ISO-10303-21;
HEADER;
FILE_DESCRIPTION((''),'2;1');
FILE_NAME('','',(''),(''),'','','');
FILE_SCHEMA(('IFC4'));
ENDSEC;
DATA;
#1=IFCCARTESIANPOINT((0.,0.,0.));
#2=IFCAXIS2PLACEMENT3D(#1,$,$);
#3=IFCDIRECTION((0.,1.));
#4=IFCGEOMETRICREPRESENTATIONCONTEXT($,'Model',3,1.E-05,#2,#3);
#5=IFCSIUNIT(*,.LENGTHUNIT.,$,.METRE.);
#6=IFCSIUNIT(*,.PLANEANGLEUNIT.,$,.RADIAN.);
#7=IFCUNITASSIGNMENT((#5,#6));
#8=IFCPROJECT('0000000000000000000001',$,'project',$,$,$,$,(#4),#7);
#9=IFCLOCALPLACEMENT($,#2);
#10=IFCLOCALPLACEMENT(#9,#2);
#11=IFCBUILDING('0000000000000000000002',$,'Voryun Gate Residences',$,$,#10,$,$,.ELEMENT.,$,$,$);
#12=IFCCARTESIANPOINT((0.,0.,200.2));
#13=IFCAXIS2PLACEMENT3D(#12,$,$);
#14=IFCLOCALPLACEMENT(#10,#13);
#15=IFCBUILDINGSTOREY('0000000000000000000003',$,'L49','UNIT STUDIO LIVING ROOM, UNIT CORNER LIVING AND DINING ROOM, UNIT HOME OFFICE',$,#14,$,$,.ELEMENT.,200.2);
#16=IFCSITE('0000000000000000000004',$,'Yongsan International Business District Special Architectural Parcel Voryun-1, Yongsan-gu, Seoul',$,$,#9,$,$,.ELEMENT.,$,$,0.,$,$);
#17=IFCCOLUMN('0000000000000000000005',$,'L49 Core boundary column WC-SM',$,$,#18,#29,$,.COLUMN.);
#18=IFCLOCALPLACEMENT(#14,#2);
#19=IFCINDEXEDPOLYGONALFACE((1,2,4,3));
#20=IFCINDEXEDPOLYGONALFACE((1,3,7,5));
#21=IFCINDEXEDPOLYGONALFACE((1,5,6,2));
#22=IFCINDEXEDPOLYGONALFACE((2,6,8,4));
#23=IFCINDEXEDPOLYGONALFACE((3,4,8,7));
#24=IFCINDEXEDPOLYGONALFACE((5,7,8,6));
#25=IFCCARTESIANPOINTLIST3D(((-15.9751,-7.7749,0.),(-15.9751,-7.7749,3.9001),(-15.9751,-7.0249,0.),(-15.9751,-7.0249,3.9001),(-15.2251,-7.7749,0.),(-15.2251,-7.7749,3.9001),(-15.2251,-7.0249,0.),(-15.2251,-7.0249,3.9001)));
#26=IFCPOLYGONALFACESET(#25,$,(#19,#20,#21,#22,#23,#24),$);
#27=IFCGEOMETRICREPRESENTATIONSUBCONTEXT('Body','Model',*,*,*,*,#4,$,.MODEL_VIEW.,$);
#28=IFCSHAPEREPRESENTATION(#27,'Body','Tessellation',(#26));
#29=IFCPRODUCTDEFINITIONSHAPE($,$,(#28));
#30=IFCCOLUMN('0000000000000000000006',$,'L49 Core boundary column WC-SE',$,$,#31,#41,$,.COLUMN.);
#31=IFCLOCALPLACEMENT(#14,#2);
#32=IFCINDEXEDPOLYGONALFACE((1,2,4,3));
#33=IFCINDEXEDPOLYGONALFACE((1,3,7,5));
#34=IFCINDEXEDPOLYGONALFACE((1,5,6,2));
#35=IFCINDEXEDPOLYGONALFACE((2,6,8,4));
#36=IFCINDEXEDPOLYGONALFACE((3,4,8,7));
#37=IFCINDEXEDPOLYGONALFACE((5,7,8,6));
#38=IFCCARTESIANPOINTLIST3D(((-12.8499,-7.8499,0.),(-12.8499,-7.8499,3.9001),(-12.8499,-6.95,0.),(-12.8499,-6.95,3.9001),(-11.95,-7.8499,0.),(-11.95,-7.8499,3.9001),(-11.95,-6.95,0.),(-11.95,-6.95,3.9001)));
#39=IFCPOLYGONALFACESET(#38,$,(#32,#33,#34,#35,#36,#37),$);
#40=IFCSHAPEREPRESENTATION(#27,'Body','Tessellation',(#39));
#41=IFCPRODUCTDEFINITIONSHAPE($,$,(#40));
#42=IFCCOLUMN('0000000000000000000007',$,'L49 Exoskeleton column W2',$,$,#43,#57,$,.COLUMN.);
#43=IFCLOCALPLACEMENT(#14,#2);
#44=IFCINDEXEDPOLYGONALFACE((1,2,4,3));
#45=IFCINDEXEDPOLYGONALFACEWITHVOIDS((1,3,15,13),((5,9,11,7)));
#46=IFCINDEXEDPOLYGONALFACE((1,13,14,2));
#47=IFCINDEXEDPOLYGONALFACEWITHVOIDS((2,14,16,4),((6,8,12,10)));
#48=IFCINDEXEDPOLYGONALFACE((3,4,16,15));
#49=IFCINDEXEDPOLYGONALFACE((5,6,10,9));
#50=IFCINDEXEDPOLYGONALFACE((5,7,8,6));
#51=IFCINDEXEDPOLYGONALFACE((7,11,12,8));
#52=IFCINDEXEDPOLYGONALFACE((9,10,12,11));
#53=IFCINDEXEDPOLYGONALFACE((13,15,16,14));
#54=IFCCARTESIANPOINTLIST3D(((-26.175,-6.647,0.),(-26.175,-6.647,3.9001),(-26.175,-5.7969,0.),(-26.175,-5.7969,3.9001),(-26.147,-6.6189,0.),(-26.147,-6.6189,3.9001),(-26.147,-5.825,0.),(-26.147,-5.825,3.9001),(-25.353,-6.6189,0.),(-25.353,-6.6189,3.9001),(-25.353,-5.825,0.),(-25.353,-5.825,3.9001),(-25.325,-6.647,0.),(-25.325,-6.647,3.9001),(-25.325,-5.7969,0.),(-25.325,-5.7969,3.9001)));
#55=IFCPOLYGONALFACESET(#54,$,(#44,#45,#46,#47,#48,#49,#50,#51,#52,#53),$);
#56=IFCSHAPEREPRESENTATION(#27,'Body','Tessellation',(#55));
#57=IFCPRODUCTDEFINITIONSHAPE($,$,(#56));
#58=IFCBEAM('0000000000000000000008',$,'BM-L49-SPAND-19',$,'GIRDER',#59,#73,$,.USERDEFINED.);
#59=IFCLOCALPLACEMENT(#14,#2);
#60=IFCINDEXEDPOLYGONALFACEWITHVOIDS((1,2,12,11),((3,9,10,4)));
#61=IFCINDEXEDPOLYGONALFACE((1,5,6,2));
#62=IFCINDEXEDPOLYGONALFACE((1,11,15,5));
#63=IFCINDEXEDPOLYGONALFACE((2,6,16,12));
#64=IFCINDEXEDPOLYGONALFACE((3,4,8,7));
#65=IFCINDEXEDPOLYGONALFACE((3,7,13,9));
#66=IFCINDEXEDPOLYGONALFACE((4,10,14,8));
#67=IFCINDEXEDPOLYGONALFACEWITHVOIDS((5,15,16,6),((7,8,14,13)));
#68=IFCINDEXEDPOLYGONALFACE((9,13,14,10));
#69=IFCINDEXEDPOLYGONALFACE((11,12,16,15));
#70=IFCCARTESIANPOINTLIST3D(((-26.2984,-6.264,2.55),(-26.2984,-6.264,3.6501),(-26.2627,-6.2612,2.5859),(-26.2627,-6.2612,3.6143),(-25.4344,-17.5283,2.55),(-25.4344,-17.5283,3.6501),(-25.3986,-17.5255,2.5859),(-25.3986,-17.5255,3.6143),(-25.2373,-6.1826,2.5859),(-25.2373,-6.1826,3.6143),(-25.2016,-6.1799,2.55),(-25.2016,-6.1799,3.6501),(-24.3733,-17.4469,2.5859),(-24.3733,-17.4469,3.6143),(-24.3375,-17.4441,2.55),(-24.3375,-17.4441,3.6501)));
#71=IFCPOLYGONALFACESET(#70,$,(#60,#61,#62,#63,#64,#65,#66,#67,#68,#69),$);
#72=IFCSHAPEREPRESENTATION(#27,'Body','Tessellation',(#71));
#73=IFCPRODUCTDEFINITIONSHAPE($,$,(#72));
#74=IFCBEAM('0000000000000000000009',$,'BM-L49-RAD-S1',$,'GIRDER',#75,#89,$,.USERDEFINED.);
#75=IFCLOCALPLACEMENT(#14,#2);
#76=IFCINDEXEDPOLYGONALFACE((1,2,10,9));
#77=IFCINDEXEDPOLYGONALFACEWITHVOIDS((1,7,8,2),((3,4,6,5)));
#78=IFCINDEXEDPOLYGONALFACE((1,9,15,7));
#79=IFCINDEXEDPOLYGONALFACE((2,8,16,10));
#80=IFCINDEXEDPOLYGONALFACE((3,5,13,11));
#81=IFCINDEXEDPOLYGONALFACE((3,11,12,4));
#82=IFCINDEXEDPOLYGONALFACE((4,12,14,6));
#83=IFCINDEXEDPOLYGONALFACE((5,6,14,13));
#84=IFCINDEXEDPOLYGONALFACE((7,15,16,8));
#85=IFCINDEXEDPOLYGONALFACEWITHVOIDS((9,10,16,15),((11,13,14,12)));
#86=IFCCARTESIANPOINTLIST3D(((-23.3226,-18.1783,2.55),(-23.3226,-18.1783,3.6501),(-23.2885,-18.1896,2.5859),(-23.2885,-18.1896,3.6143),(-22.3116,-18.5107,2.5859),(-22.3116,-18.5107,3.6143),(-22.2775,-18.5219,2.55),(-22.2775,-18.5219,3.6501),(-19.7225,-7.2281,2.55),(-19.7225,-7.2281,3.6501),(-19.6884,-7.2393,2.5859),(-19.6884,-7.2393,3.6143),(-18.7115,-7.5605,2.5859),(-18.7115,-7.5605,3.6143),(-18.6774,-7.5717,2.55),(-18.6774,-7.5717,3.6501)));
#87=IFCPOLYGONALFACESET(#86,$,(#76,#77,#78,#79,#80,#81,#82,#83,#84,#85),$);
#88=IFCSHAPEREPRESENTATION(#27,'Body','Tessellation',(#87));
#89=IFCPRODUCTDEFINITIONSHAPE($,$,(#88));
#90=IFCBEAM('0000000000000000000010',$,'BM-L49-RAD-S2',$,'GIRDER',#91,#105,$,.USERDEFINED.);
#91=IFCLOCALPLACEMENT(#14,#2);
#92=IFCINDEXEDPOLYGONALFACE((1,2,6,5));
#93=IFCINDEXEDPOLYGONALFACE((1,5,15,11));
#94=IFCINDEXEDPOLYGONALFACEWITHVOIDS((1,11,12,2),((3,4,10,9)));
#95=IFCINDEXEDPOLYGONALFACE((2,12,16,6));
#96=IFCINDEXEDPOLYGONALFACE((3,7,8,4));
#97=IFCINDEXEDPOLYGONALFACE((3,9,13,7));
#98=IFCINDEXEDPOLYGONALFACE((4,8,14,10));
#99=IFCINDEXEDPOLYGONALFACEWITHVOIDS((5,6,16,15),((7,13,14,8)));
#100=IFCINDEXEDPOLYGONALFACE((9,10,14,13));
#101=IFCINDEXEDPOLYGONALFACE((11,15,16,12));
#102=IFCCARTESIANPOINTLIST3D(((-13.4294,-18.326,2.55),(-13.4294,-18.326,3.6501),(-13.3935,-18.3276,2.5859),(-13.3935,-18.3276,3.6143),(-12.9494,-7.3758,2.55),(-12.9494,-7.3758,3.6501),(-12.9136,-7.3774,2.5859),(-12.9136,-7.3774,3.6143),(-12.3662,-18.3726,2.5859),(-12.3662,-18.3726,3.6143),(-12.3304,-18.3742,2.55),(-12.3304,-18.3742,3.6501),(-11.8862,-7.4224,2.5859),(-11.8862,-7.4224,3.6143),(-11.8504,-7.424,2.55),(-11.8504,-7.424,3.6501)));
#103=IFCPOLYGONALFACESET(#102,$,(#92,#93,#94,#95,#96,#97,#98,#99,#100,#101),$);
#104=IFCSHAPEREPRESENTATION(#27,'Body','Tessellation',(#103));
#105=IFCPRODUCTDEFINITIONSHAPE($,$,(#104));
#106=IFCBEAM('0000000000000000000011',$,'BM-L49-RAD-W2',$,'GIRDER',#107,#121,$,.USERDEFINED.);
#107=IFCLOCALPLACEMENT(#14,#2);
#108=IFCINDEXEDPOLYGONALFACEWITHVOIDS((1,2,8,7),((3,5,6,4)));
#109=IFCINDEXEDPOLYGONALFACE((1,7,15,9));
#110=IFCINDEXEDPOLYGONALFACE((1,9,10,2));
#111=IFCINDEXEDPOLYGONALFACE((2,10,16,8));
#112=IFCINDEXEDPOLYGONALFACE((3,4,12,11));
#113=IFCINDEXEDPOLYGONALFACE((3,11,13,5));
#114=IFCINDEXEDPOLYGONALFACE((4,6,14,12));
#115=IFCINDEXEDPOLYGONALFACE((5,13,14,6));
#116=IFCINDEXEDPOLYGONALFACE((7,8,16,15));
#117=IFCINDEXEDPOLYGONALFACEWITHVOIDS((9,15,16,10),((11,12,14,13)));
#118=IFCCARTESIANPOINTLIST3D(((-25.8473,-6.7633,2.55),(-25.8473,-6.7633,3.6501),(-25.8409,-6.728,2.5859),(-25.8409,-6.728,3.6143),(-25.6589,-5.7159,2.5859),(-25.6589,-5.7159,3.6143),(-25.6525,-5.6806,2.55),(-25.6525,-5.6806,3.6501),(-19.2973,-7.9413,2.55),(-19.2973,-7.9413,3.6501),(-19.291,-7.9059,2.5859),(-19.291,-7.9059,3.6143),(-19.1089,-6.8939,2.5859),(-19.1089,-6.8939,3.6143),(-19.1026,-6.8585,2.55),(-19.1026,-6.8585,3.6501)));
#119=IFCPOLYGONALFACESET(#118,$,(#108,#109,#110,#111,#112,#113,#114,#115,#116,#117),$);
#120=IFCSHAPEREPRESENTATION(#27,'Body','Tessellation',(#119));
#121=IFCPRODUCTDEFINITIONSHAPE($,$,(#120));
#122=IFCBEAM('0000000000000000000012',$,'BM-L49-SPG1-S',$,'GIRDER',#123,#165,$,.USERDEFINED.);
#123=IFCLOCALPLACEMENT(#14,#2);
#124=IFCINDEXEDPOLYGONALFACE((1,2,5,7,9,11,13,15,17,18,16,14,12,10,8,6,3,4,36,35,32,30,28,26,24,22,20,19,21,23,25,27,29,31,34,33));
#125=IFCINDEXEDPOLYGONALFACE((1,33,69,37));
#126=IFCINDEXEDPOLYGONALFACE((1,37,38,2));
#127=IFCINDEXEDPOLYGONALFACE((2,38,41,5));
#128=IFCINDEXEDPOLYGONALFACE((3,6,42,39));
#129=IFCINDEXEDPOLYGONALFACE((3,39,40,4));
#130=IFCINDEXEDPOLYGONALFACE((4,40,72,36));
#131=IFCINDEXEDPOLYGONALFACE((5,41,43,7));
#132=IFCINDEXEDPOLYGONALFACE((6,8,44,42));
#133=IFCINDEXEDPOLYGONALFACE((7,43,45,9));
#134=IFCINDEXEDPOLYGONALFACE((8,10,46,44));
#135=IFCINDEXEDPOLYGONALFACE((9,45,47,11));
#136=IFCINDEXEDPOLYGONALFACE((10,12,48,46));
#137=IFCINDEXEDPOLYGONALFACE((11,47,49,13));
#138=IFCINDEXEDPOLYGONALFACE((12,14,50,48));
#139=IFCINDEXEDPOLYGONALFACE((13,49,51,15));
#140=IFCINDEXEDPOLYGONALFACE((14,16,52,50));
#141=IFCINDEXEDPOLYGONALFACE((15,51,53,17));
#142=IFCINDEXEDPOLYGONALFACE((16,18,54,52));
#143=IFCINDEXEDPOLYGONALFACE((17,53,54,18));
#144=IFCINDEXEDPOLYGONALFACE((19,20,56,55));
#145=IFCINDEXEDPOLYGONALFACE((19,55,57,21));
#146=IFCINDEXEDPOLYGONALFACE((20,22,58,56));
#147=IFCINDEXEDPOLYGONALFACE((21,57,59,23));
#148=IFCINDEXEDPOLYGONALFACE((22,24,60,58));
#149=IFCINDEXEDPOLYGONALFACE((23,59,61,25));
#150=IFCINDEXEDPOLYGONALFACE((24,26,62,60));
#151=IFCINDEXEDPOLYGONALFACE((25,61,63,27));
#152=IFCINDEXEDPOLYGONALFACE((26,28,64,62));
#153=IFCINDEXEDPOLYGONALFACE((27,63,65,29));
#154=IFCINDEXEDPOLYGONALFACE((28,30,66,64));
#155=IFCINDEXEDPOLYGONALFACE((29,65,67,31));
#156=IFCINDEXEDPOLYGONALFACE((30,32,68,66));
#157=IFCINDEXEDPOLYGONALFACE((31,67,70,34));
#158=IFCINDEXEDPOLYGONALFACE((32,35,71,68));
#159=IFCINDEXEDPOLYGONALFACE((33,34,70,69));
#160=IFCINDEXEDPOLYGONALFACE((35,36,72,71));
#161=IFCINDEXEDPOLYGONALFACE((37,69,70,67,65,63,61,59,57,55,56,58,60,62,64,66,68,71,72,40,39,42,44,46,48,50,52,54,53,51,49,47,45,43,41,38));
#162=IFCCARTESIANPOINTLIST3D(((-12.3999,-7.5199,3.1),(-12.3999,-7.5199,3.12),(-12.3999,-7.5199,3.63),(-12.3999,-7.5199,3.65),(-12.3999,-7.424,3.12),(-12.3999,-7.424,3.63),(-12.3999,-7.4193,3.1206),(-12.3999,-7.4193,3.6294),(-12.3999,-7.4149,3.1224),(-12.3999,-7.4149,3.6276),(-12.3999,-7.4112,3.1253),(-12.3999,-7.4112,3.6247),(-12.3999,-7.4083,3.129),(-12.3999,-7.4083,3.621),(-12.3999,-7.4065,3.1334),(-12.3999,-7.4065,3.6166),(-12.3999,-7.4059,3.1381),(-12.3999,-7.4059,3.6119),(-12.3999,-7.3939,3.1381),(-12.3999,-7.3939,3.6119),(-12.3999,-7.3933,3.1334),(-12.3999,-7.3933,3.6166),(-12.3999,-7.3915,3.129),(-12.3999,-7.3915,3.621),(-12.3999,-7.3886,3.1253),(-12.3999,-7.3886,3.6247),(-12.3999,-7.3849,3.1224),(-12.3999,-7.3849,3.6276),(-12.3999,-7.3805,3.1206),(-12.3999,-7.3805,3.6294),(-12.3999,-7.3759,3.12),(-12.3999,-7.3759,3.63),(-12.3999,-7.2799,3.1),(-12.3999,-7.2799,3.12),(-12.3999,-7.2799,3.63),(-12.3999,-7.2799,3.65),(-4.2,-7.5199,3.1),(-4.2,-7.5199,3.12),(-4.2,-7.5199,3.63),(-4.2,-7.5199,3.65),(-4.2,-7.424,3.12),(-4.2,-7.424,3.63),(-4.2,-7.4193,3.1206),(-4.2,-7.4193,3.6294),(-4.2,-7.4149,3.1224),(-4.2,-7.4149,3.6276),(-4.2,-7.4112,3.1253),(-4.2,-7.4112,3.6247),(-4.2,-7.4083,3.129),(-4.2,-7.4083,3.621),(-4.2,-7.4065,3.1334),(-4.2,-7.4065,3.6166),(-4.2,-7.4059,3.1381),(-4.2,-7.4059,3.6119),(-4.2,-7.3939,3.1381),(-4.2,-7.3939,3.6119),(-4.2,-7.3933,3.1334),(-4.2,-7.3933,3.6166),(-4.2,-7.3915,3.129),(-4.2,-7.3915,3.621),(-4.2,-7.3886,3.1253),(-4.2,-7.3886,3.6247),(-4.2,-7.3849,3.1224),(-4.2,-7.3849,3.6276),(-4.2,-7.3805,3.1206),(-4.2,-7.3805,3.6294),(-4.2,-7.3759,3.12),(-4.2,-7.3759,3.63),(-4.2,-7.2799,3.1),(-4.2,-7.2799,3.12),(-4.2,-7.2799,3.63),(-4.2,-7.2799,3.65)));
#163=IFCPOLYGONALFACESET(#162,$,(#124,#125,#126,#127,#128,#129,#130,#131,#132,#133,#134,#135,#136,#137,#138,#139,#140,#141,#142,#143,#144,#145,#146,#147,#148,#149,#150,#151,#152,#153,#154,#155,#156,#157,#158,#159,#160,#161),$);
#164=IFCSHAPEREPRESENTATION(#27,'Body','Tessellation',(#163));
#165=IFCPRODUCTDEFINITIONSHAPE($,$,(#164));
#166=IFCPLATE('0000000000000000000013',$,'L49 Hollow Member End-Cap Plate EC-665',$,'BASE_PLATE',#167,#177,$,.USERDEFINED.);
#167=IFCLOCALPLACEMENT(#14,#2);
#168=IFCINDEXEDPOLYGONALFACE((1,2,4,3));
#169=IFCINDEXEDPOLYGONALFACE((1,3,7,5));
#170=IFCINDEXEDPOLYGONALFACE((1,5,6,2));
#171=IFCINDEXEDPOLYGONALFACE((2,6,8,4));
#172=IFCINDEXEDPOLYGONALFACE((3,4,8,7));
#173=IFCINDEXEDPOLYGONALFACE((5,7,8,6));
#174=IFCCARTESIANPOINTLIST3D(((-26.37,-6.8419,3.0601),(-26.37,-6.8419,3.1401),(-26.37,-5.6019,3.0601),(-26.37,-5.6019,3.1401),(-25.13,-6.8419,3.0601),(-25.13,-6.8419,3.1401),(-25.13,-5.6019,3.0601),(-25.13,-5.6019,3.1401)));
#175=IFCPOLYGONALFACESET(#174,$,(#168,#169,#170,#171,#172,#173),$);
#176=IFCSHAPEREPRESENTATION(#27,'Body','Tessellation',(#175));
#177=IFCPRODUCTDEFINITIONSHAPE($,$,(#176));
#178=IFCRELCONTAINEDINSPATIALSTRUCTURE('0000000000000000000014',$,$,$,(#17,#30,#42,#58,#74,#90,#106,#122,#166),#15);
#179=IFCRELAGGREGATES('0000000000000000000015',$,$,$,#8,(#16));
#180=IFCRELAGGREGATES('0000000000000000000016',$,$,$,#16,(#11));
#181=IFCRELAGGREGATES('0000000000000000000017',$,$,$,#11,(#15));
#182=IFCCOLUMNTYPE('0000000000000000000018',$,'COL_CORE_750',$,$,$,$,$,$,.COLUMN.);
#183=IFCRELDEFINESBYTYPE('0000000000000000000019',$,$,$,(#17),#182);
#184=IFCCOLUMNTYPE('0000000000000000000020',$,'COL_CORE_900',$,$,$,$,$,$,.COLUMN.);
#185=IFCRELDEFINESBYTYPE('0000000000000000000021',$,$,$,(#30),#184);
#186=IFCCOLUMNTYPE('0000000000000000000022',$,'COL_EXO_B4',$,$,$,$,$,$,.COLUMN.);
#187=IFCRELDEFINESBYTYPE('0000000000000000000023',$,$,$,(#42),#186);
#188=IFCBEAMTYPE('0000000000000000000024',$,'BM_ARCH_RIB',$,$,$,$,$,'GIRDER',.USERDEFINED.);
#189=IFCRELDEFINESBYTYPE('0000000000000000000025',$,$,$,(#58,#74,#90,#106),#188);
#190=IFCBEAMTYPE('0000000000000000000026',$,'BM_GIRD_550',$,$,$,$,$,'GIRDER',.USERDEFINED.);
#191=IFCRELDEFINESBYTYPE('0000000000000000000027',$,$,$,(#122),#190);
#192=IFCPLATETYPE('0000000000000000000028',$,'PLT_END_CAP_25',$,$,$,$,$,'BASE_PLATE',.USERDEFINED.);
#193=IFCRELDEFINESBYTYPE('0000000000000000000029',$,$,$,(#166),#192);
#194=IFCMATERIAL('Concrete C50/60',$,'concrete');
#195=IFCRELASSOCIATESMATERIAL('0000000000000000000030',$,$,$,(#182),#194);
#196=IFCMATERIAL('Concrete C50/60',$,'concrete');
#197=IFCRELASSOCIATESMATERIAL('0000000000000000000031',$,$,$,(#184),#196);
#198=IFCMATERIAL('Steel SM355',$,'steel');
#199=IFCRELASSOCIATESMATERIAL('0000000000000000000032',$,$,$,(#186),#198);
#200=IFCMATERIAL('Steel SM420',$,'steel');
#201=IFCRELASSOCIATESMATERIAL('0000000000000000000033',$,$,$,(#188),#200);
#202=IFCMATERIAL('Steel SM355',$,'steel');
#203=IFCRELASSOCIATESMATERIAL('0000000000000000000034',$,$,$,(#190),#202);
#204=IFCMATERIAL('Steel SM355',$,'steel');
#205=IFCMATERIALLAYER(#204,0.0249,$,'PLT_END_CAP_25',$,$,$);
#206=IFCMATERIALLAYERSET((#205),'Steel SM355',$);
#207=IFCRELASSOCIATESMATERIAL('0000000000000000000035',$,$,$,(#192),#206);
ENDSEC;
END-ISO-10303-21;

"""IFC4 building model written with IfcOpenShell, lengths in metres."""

from ifc_helpers import new_model, si_unit, direction, frame, origin, origin_2d, place, context, subcontext, project, spatial, rectangle, hollow_rectangle, i_section, extrude, material, layer, layer_set, material_profile, profile_set, type_object, element, save


model = new_model("IFC4")

# Units and contexts
model_context = context("Model", 3, precision=1e-05, world=origin(), true_north=direction((0.0, 1.0)))
body_context = subcontext(model_context, "Body", "Model", "MODEL_VIEW")
ifc_project = project(units=[si_unit("LENGTHUNIT", "METRE"), si_unit("PLANEANGLEUNIT", "RADIAN")], contexts=[model_context])

# Site, building, storey
site_placement = place(None, origin())
site = spatial("IfcSite", under=ifc_project, at=site_placement, Name="Yongsan International Business District Special Architectural Parcel Voryun-1, Yongsan-gu, Seoul", CompositionType="ELEMENT", RefElevation=0.0)
building_placement = place(site_placement, origin())
building = spatial("IfcBuilding", under=site, at=building_placement, Name="Voryun Gate Residences", CompositionType="ELEMENT")
storey_placement = place(building_placement, frame((0.0, 0.0, 200.2)))
storey = spatial("IfcBuildingStorey", under=building, at=storey_placement, Name="L49", Description="UNIT STUDIO LIVING ROOM, UNIT CORNER LIVING AND DINING ROOM, UNIT HOME OFFICE", CompositionType="ELEMENT", Elevation=200.2)

# Columns
ifc_material_1 = material(Name="Concrete C50/60", Category="concrete")
ifc_material_profile_1 = material_profile(ifc_material_1, rectangle(XDim=0.75, YDim=0.75, at=origin_2d()), Name="RC-750x750")
ifc_profile_set_1 = profile_set([ifc_material_profile_1], Name="Concrete C50/60")
column_type_1 = type_object("IfcColumnType", Name="COL_CORE_750", PredefinedType="COLUMN", material=ifc_profile_set_1)
column_1_placement = place(storey_placement, frame((-15.6001, -7.3999, 0.0), z_axis=(0.0, 0.0, 1.0), x_axis=(1.0, 0.0, 0.0)))
element("IfcColumn", 1, at=column_1_placement, inside=storey, type_object=column_type_1, Name="L49 Core boundary column WC-SM", PredefinedType="COLUMN", context=body_context, shape_type="SweptSolid", body=[
    extrude(rectangle(XDim=0.75, YDim=0.75, at=origin_2d()), origin(), (0.0, 0.0, 1.0), 3.9001),
])
ifc_material_2 = material(Name="Concrete C50/60", Category="concrete")
ifc_material_profile_2 = material_profile(ifc_material_2, rectangle(XDim=0.8999, YDim=0.8999, at=origin_2d()), Name="RC-900x900")
ifc_profile_set_2 = profile_set([ifc_material_profile_2], Name="Concrete C50/60")
column_type_2 = type_object("IfcColumnType", Name="COL_CORE_900", PredefinedType="COLUMN", material=ifc_profile_set_2)
column_2_placement = place(storey_placement, frame((-12.3999, -7.3999, 0.0), z_axis=(0.0, 0.0, 1.0), x_axis=(1.0, 0.0, 0.0)))
element("IfcColumn", 2, at=column_2_placement, inside=storey, type_object=column_type_2, Name="L49 Core boundary column WC-SE", PredefinedType="COLUMN", context=body_context, shape_type="SweptSolid", body=[
    extrude(rectangle(XDim=0.8999, YDim=0.8999, at=origin_2d()), origin(), (0.0, 0.0, 1.0), 3.9001),
])
ifc_material_3 = material(Name="Steel SM355", Category="steel")
ifc_material_profile_3 = material_profile(ifc_material_3, hollow_rectangle(XDim=0.8501, YDim=0.8501, WallThickness=0.0281, at=origin_2d()), Name="BOX-850x850x28")
ifc_profile_set_3 = profile_set([ifc_material_profile_3], Name="Steel SM355")
column_type_3 = type_object("IfcColumnType", Name="COL_EXO_B4", PredefinedType="COLUMN", material=ifc_profile_set_3)
column_3_placement = place(storey_placement, frame((-25.75, -6.2219, 0.0), z_axis=(0.0, 0.0, 1.0), x_axis=(1.0, 0.0, 0.0)))
element("IfcColumn", 3, at=column_3_placement, inside=storey, type_object=column_type_3, Name="L49 Exoskeleton column W2", PredefinedType="COLUMN", context=body_context, shape_type="SweptSolid", body=[
    extrude(hollow_rectangle(XDim=0.8501, YDim=0.8501, WallThickness=0.0281, at=origin_2d()), origin(), (0.0, 0.0, 1.0), 3.9001),
])

# Beams
ifc_material_4 = material(Name="Steel SM420", Category="steel")
ifc_material_profile_4 = material_profile(ifc_material_4, hollow_rectangle(XDim=1.1001, YDim=1.1001, WallThickness=0.0359, at=origin_2d()), Name="BOX-1100x1100x36")
ifc_profile_set_4 = profile_set([ifc_material_profile_4], Name="Steel SM420")
beam_type_1 = type_object("IfcBeamType", Name="BM_ARCH_RIB", ElementType="GIRDER", PredefinedType="USERDEFINED", material=ifc_profile_set_4)
beam_1_placement = place(storey_placement, frame((-25.75, -6.2219, 3.1001), z_axis=(0.07648, -0.997071, 0.0), x_axis=(0.997071, 0.07648, 0.0)))
element("IfcBeam", 4, at=beam_1_placement, inside=storey, type_object=beam_type_1, Name="BM-L49-SPAND-19", ObjectType="GIRDER", PredefinedType="USERDEFINED", context=body_context, shape_type="SweptSolid", body=[
    extrude(hollow_rectangle(XDim=1.1001, YDim=1.1001, WallThickness=0.0359, at=origin_2d()), origin(), (0.0, 0.0, 1.0), 11.2974),
])
beam_2_placement = place(storey_placement, frame((-19.2, -7.3999, 3.1001), z_axis=(-0.312324, -0.949976, 0.0), x_axis=(0.949976, -0.312324, 0.0)))
element("IfcBeam", 5, at=beam_2_placement, inside=storey, type_object=beam_type_1, Name="BM-L49-RAD-S1", ObjectType="GIRDER", PredefinedType="USERDEFINED", context=body_context, shape_type="SweptSolid", body=[
    extrude(hollow_rectangle(XDim=1.1001, YDim=1.1001, WallThickness=0.0359, at=origin_2d()), origin(), (0.0, 0.0, 1.0), 11.5269),
])
beam_3_placement = place(storey_placement, frame((-12.3999, -7.3999, 3.1001), z_axis=(-0.043791, -0.999041, 0.0), x_axis=(0.999041, -0.043791, 0.0)))
element("IfcBeam", 6, at=beam_3_placement, inside=storey, type_object=beam_type_1, Name="BM-L49-RAD-S2", ObjectType="GIRDER", PredefinedType="USERDEFINED", context=body_context, shape_type="SweptSolid", body=[
    extrude(hollow_rectangle(XDim=1.1001, YDim=1.1001, WallThickness=0.0359, at=origin_2d()), origin(), (0.0, 0.0, 1.0), 10.9607),
])
beam_4_placement = place(storey_placement, frame((-19.2, -7.3999, 3.1001), z_axis=(-0.98421, 0.177003, 0.0), x_axis=(-0.177003, -0.98421, 0.0)))
element("IfcBeam", 7, at=beam_4_placement, inside=storey, type_object=beam_type_1, Name="BM-L49-RAD-W2", ObjectType="GIRDER", PredefinedType="USERDEFINED", context=body_context, shape_type="SweptSolid", body=[
    extrude(hollow_rectangle(XDim=1.1001, YDim=1.1001, WallThickness=0.0359, at=origin_2d()), origin(), (0.0, 0.0, 1.0), 6.655),
])
ifc_material_5 = material(Name="Steel SM355", Category="steel")
ifc_material_profile_5 = material_profile(ifc_material_5, i_section(OverallWidth=0.24, OverallDepth=0.55, WebThickness=0.012, FlangeThickness=0.02, FilletRadius=0.0181, at=origin_2d()), Name="H-550x240x12x20")
ifc_profile_set_5 = profile_set([ifc_material_profile_5], Name="Steel SM355")
beam_type_2 = type_object("IfcBeamType", Name="BM_GIRD_550", ElementType="GIRDER", PredefinedType="USERDEFINED", material=ifc_profile_set_5)
beam_5_placement = place(storey_placement, frame((-12.3999, -7.3999, 3.375), z_axis=(1.0, 0.0, 0.0), x_axis=(0.0, 1.0, 0.0)))
element("IfcBeam", 8, at=beam_5_placement, inside=storey, type_object=beam_type_2, Name="BM-L49-SPG1-S", ObjectType="GIRDER", PredefinedType="USERDEFINED", context=body_context, shape_type="SweptSolid", body=[
    extrude(i_section(OverallWidth=0.24, OverallDepth=0.55, WebThickness=0.012, FlangeThickness=0.02, FilletRadius=0.0181, at=origin_2d()), origin(), (0.0, 0.0, 1.0), 8.2),
])

# Plate
ifc_material_6 = material(Name="Steel SM355", Category="steel")
ifc_layer_1 = layer(ifc_material_6, 0.0249, Name="PLT_END_CAP_25")
ifc_layer_set_1 = layer_set([ifc_layer_1], Name="Steel SM355")
plate_type = type_object("IfcPlateType", Name="PLT_END_CAP_25", ElementType="BASE_PLATE", PredefinedType="USERDEFINED", material=ifc_layer_set_1)
for number, where, z_axis, x_axis, name in (
    (9, (-25.75, -6.2219, 3.0601), (0.0, 0.0, 1.0), (1.0, 0.0, 0.0), "L49 Hollow Member End-Cap Plate EC-665"),
):
    element("IfcPlate", number, at=place(storey_placement, frame(where, z_axis=z_axis, x_axis=x_axis)), inside=storey, type_object=plate_type, Name=name, ObjectType="BASE_PLATE", PredefinedType="USERDEFINED", context=body_context, shape_type="SweptSolid", body=[
        extrude(rectangle(XDim=1.24, YDim=1.24, at=origin_2d()), origin(), (0.0, 0.0, 1.0), 0.0801),
    ])

save(model, "model.ifc")
